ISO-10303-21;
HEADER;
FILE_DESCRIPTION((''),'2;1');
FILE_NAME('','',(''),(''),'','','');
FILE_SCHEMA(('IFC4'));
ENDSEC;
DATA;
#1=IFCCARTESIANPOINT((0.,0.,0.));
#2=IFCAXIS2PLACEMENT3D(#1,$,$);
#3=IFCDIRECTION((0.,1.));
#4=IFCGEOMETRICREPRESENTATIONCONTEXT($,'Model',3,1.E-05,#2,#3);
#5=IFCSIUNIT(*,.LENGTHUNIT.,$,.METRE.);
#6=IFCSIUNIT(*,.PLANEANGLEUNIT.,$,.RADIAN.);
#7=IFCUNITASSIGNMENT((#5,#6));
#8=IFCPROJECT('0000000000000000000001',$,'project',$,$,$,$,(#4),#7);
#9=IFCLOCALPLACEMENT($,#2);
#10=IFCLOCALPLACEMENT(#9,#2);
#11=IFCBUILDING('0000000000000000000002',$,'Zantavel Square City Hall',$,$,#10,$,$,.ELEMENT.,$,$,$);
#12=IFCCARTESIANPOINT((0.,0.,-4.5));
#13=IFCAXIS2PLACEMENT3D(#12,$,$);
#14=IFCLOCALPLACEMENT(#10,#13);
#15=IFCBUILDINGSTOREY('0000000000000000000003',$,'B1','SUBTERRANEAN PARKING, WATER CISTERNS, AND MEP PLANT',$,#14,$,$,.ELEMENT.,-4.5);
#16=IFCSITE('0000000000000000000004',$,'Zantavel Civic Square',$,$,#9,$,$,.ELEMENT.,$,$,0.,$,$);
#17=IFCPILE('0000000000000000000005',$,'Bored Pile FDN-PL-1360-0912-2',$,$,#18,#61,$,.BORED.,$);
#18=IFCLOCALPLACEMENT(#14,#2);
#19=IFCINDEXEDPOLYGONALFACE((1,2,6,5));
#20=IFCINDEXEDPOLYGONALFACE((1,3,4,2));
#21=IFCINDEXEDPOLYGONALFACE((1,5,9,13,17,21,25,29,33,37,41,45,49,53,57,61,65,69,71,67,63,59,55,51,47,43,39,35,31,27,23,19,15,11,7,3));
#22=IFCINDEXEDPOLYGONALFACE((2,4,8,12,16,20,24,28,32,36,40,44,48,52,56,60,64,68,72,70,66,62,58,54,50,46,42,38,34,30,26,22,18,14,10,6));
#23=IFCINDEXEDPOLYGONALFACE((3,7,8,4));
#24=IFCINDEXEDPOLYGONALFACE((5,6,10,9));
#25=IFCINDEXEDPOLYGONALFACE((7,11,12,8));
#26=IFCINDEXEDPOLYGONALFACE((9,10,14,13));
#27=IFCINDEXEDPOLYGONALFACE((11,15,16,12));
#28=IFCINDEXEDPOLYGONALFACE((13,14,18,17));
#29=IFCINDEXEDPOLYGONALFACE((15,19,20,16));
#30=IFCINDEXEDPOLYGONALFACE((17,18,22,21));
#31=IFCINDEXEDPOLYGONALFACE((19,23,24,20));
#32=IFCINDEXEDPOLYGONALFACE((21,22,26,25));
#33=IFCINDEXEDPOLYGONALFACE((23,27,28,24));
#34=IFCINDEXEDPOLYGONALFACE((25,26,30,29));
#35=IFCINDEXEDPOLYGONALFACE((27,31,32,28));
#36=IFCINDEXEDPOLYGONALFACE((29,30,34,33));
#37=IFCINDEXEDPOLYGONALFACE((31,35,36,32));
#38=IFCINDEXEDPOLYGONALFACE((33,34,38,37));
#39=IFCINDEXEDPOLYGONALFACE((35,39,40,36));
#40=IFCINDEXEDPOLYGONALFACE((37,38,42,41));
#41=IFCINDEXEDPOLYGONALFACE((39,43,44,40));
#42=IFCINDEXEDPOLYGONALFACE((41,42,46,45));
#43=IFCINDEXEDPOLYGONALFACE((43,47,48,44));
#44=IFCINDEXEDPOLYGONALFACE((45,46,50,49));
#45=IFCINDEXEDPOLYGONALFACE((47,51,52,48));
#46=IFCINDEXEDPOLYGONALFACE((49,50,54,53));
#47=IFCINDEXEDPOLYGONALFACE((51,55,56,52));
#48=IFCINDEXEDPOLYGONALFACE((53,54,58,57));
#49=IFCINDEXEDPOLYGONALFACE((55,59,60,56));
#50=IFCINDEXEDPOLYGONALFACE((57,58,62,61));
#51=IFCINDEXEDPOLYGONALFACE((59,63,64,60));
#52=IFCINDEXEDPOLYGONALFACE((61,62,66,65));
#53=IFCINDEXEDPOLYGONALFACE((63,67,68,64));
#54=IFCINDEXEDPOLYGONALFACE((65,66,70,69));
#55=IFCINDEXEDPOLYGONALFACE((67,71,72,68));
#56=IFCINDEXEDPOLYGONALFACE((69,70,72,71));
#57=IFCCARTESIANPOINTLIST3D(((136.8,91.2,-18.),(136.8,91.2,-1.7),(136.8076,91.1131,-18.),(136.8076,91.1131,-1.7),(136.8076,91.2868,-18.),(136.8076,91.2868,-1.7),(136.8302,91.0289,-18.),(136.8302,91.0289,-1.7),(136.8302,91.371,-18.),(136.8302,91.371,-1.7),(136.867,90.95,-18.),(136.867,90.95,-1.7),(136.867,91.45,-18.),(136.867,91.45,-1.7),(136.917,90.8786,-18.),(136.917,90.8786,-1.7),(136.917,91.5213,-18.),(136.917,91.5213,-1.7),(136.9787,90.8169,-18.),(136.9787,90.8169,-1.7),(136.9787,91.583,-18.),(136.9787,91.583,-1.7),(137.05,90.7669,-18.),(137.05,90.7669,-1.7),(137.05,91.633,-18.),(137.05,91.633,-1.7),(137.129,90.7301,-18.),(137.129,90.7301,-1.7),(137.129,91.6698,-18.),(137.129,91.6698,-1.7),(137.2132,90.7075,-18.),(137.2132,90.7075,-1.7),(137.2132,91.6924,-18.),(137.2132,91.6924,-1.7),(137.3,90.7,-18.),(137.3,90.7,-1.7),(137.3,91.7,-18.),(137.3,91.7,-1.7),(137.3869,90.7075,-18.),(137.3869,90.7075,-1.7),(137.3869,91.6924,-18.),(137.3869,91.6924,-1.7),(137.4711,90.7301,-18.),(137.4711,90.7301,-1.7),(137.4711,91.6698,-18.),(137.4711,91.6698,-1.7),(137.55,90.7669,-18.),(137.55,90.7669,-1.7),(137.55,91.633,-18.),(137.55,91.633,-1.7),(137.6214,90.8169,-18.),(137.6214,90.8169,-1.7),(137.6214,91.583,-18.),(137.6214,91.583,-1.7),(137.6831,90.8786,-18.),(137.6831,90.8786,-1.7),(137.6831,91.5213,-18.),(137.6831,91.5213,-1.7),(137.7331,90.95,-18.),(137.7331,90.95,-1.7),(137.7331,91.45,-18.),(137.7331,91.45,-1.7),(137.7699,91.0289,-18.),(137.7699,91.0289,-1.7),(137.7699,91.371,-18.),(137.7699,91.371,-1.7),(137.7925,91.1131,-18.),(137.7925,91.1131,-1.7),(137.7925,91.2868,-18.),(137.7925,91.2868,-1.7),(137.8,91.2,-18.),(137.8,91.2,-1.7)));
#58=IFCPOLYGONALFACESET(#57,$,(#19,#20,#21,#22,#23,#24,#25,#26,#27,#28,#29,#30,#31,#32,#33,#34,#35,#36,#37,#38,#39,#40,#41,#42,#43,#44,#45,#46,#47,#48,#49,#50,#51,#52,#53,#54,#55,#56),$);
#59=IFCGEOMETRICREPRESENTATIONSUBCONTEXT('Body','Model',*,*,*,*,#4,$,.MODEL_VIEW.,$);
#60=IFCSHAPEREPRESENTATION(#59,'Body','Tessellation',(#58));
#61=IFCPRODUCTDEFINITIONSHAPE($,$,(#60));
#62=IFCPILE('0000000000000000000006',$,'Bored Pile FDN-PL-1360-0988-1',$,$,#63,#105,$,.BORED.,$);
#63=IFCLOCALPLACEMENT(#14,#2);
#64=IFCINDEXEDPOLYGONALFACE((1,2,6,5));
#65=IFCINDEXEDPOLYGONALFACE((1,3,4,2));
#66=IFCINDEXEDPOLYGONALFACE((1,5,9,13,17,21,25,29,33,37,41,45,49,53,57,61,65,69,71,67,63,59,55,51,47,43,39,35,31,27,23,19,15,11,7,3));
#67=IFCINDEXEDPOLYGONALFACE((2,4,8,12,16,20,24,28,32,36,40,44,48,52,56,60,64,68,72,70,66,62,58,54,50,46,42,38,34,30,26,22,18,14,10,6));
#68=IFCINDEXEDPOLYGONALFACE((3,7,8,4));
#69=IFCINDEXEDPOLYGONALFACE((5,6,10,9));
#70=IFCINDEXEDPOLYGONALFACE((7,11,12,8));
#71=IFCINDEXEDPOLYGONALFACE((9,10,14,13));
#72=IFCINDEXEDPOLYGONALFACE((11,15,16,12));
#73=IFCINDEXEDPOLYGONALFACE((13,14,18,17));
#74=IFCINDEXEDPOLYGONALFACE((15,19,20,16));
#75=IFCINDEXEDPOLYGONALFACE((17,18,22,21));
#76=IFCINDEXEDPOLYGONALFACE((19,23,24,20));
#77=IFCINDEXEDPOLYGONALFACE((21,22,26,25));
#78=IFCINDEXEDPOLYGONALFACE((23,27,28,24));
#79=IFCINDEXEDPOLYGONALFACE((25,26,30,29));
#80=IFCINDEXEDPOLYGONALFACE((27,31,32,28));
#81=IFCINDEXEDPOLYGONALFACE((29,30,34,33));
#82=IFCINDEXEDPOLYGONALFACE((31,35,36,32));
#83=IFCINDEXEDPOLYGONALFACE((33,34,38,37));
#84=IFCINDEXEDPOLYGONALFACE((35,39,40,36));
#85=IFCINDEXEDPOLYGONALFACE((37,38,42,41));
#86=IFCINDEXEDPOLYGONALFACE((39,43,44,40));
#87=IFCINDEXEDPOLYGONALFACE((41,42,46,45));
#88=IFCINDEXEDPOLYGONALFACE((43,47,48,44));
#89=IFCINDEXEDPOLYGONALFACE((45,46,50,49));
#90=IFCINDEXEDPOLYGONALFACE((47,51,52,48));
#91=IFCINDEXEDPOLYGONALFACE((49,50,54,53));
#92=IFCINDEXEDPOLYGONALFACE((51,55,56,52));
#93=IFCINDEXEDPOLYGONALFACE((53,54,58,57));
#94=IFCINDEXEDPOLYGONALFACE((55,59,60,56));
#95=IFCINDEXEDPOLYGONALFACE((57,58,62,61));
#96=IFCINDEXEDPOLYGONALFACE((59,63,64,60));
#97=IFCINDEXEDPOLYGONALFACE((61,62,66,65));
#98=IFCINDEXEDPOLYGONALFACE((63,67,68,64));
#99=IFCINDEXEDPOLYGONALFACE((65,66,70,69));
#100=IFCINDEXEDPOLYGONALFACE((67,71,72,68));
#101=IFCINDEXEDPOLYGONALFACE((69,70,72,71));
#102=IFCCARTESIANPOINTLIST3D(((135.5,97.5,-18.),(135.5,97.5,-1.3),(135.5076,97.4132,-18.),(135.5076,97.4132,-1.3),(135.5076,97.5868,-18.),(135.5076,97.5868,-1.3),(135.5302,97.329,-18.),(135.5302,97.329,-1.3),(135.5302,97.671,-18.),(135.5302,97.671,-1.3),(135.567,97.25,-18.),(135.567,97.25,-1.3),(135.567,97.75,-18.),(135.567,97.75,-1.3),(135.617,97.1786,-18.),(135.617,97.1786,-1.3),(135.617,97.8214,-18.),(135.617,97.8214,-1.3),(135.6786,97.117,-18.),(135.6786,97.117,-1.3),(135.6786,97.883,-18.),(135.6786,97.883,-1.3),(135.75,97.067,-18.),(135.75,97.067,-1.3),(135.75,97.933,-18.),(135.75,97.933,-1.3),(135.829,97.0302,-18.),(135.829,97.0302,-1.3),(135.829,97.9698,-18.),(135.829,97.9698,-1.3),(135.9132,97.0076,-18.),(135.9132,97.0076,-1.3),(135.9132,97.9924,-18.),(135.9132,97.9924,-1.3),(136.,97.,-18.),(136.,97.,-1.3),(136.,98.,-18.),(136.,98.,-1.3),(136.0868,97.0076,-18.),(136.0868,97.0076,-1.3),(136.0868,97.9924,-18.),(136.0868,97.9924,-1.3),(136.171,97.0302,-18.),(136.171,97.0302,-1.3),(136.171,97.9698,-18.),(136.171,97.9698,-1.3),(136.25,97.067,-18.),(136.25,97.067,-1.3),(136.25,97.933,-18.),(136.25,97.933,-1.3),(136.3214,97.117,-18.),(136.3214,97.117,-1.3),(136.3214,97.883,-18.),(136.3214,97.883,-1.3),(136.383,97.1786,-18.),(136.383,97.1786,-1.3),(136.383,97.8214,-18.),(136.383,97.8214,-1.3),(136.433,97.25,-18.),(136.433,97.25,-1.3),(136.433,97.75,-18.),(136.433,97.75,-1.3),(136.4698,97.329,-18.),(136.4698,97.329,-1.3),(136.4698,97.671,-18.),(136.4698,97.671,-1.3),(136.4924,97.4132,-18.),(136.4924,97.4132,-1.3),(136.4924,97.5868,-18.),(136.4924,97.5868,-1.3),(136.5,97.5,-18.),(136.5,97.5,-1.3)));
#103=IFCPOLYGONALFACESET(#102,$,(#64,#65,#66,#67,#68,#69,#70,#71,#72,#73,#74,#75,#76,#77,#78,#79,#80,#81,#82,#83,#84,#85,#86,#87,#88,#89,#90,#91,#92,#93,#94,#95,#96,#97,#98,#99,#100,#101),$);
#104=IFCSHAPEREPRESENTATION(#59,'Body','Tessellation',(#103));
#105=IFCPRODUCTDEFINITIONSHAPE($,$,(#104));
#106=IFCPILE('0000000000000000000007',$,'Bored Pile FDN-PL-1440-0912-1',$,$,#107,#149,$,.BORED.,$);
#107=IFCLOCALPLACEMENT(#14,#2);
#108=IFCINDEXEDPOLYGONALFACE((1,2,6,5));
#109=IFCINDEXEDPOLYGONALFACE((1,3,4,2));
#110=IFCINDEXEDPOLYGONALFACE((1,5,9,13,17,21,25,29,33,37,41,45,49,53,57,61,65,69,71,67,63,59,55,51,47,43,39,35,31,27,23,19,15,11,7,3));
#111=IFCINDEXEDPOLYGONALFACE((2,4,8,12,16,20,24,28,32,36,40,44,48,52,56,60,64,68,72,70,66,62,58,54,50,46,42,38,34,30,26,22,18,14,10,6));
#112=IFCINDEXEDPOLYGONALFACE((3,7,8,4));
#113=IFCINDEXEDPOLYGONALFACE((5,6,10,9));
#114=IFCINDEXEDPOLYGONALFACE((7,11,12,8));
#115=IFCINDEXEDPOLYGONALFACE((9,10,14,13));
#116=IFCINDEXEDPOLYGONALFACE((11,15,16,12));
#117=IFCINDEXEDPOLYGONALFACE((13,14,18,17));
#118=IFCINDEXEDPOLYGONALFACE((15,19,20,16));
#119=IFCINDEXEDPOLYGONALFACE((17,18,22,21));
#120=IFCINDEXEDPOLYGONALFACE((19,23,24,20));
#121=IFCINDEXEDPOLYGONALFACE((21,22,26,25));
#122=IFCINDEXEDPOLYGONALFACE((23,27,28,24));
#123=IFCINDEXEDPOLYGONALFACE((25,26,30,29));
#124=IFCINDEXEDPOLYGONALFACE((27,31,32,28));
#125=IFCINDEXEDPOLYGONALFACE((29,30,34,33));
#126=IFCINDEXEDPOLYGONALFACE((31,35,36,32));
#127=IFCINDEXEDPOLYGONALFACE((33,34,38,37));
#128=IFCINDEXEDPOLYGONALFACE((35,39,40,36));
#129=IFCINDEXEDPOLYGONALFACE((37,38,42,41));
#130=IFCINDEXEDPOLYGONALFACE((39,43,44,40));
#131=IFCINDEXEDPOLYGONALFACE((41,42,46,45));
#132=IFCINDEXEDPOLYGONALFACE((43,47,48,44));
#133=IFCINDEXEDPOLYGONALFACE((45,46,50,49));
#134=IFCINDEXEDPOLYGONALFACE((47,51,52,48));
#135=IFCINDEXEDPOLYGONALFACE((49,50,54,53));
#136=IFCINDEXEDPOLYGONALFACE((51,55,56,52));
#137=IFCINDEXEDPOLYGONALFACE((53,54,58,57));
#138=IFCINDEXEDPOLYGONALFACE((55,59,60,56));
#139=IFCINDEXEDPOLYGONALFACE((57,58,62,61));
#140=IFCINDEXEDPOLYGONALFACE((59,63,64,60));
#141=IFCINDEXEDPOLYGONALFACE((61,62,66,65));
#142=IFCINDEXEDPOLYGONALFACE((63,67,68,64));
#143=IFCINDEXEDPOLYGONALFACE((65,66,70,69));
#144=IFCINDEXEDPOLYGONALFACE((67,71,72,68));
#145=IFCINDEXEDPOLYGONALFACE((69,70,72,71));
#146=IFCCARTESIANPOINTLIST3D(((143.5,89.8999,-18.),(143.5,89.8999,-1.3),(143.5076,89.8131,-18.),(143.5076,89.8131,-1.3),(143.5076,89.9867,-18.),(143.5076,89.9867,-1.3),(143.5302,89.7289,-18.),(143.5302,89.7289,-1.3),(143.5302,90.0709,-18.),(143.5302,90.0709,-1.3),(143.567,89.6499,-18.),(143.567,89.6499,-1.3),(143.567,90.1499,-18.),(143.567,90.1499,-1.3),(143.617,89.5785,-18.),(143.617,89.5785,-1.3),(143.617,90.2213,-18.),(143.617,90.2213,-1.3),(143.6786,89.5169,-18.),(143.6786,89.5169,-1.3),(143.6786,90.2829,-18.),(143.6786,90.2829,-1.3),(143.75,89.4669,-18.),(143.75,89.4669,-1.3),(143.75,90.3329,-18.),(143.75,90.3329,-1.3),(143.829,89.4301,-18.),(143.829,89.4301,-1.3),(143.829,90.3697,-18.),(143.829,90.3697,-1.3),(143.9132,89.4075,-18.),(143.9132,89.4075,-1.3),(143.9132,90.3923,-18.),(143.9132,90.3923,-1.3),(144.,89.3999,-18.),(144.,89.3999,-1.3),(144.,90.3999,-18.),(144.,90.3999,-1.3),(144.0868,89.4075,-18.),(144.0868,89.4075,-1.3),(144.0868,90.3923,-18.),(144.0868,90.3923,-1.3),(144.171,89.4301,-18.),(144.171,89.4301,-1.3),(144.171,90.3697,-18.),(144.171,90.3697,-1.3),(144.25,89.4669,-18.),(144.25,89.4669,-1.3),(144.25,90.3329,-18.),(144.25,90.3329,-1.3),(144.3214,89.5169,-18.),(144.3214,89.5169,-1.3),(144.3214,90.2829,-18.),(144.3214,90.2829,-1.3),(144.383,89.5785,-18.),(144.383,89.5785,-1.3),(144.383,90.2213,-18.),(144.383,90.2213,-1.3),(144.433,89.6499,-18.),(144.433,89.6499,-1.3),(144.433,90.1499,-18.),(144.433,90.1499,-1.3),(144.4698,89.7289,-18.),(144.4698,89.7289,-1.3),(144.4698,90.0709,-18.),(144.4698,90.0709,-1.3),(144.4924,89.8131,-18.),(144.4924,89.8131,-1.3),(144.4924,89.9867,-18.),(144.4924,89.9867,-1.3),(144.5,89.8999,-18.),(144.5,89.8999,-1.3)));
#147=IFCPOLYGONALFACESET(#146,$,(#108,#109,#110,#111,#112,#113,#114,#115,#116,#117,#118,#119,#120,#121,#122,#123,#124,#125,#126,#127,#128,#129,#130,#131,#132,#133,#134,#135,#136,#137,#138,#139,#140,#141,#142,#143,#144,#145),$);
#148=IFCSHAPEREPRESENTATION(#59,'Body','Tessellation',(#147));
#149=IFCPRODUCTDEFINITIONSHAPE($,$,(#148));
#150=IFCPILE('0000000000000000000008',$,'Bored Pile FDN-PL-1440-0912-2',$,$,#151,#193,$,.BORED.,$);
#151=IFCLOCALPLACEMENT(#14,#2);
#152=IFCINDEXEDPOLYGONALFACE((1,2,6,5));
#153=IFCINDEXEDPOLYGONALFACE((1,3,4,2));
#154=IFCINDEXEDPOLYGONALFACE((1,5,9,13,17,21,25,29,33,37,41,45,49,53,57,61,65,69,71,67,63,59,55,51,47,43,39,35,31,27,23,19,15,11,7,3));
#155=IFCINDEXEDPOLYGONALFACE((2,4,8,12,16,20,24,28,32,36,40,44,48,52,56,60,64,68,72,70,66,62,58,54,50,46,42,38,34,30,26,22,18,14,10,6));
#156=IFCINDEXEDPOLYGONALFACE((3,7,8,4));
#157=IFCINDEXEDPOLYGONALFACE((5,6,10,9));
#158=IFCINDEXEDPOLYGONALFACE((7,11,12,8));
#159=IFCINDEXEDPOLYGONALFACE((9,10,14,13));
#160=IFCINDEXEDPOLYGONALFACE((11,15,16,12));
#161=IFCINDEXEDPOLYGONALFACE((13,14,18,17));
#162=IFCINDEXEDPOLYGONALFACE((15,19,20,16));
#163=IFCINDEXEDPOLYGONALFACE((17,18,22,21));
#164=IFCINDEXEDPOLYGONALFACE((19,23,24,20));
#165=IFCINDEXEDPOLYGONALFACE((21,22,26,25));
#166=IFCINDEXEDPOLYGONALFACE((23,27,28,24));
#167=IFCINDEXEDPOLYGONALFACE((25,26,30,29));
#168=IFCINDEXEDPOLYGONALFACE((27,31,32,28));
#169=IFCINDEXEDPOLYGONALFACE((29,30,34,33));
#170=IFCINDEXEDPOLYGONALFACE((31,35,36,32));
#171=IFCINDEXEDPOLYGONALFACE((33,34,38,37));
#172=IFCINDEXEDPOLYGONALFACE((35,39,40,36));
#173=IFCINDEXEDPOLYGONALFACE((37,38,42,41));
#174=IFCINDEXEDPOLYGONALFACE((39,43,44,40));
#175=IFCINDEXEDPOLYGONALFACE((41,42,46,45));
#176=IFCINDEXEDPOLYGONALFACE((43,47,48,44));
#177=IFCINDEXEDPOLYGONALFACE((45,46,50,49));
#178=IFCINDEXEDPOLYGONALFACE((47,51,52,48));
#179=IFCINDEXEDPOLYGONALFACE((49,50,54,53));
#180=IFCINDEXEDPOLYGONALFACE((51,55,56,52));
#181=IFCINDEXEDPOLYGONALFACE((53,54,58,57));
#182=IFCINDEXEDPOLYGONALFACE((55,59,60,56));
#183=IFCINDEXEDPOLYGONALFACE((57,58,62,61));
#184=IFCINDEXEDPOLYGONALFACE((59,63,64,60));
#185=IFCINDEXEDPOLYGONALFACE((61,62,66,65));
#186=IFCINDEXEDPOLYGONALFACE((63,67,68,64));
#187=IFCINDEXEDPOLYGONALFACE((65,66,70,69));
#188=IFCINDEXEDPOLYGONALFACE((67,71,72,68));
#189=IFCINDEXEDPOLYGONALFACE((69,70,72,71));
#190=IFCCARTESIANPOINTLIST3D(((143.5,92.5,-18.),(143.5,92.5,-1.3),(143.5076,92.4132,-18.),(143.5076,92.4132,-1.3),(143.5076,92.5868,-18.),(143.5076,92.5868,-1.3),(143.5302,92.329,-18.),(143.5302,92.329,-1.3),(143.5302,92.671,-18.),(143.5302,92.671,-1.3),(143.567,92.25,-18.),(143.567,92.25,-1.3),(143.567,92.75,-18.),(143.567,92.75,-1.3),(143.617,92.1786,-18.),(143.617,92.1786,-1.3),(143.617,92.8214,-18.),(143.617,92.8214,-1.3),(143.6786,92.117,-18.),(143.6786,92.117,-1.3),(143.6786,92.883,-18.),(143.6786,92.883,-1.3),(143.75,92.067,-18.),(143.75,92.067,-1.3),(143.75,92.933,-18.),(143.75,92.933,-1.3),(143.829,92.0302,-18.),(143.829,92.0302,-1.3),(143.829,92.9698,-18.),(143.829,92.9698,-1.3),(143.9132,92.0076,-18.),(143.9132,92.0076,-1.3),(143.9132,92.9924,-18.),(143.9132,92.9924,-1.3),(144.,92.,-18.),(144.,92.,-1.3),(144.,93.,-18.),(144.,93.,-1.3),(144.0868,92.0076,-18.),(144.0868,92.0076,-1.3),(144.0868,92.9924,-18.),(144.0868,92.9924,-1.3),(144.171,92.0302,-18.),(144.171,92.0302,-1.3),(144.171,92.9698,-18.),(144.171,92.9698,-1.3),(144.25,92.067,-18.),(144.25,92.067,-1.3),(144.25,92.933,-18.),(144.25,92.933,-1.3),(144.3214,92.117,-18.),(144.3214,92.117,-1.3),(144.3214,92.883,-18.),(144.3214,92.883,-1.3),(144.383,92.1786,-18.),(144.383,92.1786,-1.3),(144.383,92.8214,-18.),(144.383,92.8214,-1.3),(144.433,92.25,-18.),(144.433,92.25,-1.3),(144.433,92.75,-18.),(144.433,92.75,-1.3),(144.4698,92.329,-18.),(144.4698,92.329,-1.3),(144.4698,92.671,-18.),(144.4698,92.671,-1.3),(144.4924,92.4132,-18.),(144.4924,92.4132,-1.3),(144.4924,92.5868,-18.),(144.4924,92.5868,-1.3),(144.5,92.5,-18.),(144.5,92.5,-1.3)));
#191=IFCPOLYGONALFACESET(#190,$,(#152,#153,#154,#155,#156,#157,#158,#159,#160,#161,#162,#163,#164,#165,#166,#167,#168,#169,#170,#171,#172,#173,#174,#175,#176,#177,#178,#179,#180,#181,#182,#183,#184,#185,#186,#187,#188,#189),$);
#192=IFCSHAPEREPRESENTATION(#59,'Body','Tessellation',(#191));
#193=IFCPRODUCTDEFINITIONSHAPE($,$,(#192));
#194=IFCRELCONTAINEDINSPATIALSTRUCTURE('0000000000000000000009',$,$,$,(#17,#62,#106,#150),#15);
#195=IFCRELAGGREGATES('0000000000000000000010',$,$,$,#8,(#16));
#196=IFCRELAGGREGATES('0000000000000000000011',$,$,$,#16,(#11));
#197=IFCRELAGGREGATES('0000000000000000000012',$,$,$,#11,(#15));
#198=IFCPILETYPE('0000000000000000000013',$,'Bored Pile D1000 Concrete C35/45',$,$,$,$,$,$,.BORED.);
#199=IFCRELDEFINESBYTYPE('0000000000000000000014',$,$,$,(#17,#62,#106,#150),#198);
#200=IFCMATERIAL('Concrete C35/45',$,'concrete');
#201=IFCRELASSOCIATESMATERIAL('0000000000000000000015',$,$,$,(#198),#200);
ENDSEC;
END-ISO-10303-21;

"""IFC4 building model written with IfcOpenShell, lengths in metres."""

from ifc_helpers import new_model, si_unit, direction, frame, origin, origin_2d, place, context, subcontext, project, spatial, circle, extrude, material, material_profile, profile_set, type_object, element, save


model = new_model("IFC4")

# Units and contexts
model_context = context("Model", 3, precision=1e-05, world=origin(), true_north=direction((0.0, 1.0)))
body_context = subcontext(model_context, "Body", "Model", "MODEL_VIEW")
ifc_project = project(units=[si_unit("LENGTHUNIT", "METRE"), si_unit("PLANEANGLEUNIT", "RADIAN")], contexts=[model_context])

# Site, building, storey
site_placement = place(None, origin())
site = spatial("IfcSite", under=ifc_project, at=site_placement, Name="Zantavel Civic Square", CompositionType="ELEMENT", RefElevation=0.0)
building_placement = place(site_placement, origin())
building = spatial("IfcBuilding", under=site, at=building_placement, Name="Zantavel Square City Hall", CompositionType="ELEMENT")
storey_placement = place(building_placement, frame((0.0, 0.0, -4.5)))
storey = spatial("IfcBuildingStorey", under=building, at=storey_placement, Name="B1", Description="SUBTERRANEAN PARKING, WATER CISTERNS, AND MEP PLANT", CompositionType="ELEMENT", Elevation=-4.5)

# Piles
ifc_material_1 = material(Name="Concrete C35/45", Category="concrete")
ifc_material_profile_1 = material_profile(ifc_material_1, circle(Radius=0.5, at=origin_2d()), Name="PILE D1000")
ifc_profile_set_1 = profile_set([ifc_material_profile_1], Name="Concrete C35/45")
pile_type = type_object("IfcPileType", Name="Bored Pile D1000 Concrete C35/45", PredefinedType="BORED", material=ifc_profile_set_1)
pile_1_placement = place(storey_placement, frame((137.3, 91.2, -1.7), z_axis=(0.0, 0.0, -1.0), x_axis=(1.0, 0.0, 0.0)))
element("IfcPile", 1, at=pile_1_placement, inside=storey, type_object=pile_type, Name="Bored Pile FDN-PL-1360-0912-2", PredefinedType="BORED", context=body_context, shape_type="SweptSolid", body=[
    extrude(circle(Radius=0.5, at=origin_2d()), origin(), (0.0, 0.0, 1.0), 16.3),
])
for number, where, z_axis, x_axis, name in (
    (2, (136.0, 97.5, -1.3), (0.0, 0.0, -1.0), (1.0, 0.0, 0.0), "Bored Pile FDN-PL-1360-0988-1"),
    (3, (144.0, 89.8999, -1.3), (0.0, 0.0, -1.0), (1.0, 0.0, 0.0), "Bored Pile FDN-PL-1440-0912-1"),
    (4, (144.0, 92.5, -1.3), (0.0, 0.0, -1.0), (1.0, 0.0, 0.0), "Bored Pile FDN-PL-1440-0912-2"),
):
    element("IfcPile", number, at=place(storey_placement, frame(where, z_axis=z_axis, x_axis=x_axis)), inside=storey, type_object=pile_type, Name=name, PredefinedType="BORED", context=body_context, shape_type="SweptSolid", body=[
        extrude(circle(Radius=0.5, at=origin_2d()), origin(), (0.0, 0.0, 1.0), 16.7),
    ])

save(model, "model.ifc")
